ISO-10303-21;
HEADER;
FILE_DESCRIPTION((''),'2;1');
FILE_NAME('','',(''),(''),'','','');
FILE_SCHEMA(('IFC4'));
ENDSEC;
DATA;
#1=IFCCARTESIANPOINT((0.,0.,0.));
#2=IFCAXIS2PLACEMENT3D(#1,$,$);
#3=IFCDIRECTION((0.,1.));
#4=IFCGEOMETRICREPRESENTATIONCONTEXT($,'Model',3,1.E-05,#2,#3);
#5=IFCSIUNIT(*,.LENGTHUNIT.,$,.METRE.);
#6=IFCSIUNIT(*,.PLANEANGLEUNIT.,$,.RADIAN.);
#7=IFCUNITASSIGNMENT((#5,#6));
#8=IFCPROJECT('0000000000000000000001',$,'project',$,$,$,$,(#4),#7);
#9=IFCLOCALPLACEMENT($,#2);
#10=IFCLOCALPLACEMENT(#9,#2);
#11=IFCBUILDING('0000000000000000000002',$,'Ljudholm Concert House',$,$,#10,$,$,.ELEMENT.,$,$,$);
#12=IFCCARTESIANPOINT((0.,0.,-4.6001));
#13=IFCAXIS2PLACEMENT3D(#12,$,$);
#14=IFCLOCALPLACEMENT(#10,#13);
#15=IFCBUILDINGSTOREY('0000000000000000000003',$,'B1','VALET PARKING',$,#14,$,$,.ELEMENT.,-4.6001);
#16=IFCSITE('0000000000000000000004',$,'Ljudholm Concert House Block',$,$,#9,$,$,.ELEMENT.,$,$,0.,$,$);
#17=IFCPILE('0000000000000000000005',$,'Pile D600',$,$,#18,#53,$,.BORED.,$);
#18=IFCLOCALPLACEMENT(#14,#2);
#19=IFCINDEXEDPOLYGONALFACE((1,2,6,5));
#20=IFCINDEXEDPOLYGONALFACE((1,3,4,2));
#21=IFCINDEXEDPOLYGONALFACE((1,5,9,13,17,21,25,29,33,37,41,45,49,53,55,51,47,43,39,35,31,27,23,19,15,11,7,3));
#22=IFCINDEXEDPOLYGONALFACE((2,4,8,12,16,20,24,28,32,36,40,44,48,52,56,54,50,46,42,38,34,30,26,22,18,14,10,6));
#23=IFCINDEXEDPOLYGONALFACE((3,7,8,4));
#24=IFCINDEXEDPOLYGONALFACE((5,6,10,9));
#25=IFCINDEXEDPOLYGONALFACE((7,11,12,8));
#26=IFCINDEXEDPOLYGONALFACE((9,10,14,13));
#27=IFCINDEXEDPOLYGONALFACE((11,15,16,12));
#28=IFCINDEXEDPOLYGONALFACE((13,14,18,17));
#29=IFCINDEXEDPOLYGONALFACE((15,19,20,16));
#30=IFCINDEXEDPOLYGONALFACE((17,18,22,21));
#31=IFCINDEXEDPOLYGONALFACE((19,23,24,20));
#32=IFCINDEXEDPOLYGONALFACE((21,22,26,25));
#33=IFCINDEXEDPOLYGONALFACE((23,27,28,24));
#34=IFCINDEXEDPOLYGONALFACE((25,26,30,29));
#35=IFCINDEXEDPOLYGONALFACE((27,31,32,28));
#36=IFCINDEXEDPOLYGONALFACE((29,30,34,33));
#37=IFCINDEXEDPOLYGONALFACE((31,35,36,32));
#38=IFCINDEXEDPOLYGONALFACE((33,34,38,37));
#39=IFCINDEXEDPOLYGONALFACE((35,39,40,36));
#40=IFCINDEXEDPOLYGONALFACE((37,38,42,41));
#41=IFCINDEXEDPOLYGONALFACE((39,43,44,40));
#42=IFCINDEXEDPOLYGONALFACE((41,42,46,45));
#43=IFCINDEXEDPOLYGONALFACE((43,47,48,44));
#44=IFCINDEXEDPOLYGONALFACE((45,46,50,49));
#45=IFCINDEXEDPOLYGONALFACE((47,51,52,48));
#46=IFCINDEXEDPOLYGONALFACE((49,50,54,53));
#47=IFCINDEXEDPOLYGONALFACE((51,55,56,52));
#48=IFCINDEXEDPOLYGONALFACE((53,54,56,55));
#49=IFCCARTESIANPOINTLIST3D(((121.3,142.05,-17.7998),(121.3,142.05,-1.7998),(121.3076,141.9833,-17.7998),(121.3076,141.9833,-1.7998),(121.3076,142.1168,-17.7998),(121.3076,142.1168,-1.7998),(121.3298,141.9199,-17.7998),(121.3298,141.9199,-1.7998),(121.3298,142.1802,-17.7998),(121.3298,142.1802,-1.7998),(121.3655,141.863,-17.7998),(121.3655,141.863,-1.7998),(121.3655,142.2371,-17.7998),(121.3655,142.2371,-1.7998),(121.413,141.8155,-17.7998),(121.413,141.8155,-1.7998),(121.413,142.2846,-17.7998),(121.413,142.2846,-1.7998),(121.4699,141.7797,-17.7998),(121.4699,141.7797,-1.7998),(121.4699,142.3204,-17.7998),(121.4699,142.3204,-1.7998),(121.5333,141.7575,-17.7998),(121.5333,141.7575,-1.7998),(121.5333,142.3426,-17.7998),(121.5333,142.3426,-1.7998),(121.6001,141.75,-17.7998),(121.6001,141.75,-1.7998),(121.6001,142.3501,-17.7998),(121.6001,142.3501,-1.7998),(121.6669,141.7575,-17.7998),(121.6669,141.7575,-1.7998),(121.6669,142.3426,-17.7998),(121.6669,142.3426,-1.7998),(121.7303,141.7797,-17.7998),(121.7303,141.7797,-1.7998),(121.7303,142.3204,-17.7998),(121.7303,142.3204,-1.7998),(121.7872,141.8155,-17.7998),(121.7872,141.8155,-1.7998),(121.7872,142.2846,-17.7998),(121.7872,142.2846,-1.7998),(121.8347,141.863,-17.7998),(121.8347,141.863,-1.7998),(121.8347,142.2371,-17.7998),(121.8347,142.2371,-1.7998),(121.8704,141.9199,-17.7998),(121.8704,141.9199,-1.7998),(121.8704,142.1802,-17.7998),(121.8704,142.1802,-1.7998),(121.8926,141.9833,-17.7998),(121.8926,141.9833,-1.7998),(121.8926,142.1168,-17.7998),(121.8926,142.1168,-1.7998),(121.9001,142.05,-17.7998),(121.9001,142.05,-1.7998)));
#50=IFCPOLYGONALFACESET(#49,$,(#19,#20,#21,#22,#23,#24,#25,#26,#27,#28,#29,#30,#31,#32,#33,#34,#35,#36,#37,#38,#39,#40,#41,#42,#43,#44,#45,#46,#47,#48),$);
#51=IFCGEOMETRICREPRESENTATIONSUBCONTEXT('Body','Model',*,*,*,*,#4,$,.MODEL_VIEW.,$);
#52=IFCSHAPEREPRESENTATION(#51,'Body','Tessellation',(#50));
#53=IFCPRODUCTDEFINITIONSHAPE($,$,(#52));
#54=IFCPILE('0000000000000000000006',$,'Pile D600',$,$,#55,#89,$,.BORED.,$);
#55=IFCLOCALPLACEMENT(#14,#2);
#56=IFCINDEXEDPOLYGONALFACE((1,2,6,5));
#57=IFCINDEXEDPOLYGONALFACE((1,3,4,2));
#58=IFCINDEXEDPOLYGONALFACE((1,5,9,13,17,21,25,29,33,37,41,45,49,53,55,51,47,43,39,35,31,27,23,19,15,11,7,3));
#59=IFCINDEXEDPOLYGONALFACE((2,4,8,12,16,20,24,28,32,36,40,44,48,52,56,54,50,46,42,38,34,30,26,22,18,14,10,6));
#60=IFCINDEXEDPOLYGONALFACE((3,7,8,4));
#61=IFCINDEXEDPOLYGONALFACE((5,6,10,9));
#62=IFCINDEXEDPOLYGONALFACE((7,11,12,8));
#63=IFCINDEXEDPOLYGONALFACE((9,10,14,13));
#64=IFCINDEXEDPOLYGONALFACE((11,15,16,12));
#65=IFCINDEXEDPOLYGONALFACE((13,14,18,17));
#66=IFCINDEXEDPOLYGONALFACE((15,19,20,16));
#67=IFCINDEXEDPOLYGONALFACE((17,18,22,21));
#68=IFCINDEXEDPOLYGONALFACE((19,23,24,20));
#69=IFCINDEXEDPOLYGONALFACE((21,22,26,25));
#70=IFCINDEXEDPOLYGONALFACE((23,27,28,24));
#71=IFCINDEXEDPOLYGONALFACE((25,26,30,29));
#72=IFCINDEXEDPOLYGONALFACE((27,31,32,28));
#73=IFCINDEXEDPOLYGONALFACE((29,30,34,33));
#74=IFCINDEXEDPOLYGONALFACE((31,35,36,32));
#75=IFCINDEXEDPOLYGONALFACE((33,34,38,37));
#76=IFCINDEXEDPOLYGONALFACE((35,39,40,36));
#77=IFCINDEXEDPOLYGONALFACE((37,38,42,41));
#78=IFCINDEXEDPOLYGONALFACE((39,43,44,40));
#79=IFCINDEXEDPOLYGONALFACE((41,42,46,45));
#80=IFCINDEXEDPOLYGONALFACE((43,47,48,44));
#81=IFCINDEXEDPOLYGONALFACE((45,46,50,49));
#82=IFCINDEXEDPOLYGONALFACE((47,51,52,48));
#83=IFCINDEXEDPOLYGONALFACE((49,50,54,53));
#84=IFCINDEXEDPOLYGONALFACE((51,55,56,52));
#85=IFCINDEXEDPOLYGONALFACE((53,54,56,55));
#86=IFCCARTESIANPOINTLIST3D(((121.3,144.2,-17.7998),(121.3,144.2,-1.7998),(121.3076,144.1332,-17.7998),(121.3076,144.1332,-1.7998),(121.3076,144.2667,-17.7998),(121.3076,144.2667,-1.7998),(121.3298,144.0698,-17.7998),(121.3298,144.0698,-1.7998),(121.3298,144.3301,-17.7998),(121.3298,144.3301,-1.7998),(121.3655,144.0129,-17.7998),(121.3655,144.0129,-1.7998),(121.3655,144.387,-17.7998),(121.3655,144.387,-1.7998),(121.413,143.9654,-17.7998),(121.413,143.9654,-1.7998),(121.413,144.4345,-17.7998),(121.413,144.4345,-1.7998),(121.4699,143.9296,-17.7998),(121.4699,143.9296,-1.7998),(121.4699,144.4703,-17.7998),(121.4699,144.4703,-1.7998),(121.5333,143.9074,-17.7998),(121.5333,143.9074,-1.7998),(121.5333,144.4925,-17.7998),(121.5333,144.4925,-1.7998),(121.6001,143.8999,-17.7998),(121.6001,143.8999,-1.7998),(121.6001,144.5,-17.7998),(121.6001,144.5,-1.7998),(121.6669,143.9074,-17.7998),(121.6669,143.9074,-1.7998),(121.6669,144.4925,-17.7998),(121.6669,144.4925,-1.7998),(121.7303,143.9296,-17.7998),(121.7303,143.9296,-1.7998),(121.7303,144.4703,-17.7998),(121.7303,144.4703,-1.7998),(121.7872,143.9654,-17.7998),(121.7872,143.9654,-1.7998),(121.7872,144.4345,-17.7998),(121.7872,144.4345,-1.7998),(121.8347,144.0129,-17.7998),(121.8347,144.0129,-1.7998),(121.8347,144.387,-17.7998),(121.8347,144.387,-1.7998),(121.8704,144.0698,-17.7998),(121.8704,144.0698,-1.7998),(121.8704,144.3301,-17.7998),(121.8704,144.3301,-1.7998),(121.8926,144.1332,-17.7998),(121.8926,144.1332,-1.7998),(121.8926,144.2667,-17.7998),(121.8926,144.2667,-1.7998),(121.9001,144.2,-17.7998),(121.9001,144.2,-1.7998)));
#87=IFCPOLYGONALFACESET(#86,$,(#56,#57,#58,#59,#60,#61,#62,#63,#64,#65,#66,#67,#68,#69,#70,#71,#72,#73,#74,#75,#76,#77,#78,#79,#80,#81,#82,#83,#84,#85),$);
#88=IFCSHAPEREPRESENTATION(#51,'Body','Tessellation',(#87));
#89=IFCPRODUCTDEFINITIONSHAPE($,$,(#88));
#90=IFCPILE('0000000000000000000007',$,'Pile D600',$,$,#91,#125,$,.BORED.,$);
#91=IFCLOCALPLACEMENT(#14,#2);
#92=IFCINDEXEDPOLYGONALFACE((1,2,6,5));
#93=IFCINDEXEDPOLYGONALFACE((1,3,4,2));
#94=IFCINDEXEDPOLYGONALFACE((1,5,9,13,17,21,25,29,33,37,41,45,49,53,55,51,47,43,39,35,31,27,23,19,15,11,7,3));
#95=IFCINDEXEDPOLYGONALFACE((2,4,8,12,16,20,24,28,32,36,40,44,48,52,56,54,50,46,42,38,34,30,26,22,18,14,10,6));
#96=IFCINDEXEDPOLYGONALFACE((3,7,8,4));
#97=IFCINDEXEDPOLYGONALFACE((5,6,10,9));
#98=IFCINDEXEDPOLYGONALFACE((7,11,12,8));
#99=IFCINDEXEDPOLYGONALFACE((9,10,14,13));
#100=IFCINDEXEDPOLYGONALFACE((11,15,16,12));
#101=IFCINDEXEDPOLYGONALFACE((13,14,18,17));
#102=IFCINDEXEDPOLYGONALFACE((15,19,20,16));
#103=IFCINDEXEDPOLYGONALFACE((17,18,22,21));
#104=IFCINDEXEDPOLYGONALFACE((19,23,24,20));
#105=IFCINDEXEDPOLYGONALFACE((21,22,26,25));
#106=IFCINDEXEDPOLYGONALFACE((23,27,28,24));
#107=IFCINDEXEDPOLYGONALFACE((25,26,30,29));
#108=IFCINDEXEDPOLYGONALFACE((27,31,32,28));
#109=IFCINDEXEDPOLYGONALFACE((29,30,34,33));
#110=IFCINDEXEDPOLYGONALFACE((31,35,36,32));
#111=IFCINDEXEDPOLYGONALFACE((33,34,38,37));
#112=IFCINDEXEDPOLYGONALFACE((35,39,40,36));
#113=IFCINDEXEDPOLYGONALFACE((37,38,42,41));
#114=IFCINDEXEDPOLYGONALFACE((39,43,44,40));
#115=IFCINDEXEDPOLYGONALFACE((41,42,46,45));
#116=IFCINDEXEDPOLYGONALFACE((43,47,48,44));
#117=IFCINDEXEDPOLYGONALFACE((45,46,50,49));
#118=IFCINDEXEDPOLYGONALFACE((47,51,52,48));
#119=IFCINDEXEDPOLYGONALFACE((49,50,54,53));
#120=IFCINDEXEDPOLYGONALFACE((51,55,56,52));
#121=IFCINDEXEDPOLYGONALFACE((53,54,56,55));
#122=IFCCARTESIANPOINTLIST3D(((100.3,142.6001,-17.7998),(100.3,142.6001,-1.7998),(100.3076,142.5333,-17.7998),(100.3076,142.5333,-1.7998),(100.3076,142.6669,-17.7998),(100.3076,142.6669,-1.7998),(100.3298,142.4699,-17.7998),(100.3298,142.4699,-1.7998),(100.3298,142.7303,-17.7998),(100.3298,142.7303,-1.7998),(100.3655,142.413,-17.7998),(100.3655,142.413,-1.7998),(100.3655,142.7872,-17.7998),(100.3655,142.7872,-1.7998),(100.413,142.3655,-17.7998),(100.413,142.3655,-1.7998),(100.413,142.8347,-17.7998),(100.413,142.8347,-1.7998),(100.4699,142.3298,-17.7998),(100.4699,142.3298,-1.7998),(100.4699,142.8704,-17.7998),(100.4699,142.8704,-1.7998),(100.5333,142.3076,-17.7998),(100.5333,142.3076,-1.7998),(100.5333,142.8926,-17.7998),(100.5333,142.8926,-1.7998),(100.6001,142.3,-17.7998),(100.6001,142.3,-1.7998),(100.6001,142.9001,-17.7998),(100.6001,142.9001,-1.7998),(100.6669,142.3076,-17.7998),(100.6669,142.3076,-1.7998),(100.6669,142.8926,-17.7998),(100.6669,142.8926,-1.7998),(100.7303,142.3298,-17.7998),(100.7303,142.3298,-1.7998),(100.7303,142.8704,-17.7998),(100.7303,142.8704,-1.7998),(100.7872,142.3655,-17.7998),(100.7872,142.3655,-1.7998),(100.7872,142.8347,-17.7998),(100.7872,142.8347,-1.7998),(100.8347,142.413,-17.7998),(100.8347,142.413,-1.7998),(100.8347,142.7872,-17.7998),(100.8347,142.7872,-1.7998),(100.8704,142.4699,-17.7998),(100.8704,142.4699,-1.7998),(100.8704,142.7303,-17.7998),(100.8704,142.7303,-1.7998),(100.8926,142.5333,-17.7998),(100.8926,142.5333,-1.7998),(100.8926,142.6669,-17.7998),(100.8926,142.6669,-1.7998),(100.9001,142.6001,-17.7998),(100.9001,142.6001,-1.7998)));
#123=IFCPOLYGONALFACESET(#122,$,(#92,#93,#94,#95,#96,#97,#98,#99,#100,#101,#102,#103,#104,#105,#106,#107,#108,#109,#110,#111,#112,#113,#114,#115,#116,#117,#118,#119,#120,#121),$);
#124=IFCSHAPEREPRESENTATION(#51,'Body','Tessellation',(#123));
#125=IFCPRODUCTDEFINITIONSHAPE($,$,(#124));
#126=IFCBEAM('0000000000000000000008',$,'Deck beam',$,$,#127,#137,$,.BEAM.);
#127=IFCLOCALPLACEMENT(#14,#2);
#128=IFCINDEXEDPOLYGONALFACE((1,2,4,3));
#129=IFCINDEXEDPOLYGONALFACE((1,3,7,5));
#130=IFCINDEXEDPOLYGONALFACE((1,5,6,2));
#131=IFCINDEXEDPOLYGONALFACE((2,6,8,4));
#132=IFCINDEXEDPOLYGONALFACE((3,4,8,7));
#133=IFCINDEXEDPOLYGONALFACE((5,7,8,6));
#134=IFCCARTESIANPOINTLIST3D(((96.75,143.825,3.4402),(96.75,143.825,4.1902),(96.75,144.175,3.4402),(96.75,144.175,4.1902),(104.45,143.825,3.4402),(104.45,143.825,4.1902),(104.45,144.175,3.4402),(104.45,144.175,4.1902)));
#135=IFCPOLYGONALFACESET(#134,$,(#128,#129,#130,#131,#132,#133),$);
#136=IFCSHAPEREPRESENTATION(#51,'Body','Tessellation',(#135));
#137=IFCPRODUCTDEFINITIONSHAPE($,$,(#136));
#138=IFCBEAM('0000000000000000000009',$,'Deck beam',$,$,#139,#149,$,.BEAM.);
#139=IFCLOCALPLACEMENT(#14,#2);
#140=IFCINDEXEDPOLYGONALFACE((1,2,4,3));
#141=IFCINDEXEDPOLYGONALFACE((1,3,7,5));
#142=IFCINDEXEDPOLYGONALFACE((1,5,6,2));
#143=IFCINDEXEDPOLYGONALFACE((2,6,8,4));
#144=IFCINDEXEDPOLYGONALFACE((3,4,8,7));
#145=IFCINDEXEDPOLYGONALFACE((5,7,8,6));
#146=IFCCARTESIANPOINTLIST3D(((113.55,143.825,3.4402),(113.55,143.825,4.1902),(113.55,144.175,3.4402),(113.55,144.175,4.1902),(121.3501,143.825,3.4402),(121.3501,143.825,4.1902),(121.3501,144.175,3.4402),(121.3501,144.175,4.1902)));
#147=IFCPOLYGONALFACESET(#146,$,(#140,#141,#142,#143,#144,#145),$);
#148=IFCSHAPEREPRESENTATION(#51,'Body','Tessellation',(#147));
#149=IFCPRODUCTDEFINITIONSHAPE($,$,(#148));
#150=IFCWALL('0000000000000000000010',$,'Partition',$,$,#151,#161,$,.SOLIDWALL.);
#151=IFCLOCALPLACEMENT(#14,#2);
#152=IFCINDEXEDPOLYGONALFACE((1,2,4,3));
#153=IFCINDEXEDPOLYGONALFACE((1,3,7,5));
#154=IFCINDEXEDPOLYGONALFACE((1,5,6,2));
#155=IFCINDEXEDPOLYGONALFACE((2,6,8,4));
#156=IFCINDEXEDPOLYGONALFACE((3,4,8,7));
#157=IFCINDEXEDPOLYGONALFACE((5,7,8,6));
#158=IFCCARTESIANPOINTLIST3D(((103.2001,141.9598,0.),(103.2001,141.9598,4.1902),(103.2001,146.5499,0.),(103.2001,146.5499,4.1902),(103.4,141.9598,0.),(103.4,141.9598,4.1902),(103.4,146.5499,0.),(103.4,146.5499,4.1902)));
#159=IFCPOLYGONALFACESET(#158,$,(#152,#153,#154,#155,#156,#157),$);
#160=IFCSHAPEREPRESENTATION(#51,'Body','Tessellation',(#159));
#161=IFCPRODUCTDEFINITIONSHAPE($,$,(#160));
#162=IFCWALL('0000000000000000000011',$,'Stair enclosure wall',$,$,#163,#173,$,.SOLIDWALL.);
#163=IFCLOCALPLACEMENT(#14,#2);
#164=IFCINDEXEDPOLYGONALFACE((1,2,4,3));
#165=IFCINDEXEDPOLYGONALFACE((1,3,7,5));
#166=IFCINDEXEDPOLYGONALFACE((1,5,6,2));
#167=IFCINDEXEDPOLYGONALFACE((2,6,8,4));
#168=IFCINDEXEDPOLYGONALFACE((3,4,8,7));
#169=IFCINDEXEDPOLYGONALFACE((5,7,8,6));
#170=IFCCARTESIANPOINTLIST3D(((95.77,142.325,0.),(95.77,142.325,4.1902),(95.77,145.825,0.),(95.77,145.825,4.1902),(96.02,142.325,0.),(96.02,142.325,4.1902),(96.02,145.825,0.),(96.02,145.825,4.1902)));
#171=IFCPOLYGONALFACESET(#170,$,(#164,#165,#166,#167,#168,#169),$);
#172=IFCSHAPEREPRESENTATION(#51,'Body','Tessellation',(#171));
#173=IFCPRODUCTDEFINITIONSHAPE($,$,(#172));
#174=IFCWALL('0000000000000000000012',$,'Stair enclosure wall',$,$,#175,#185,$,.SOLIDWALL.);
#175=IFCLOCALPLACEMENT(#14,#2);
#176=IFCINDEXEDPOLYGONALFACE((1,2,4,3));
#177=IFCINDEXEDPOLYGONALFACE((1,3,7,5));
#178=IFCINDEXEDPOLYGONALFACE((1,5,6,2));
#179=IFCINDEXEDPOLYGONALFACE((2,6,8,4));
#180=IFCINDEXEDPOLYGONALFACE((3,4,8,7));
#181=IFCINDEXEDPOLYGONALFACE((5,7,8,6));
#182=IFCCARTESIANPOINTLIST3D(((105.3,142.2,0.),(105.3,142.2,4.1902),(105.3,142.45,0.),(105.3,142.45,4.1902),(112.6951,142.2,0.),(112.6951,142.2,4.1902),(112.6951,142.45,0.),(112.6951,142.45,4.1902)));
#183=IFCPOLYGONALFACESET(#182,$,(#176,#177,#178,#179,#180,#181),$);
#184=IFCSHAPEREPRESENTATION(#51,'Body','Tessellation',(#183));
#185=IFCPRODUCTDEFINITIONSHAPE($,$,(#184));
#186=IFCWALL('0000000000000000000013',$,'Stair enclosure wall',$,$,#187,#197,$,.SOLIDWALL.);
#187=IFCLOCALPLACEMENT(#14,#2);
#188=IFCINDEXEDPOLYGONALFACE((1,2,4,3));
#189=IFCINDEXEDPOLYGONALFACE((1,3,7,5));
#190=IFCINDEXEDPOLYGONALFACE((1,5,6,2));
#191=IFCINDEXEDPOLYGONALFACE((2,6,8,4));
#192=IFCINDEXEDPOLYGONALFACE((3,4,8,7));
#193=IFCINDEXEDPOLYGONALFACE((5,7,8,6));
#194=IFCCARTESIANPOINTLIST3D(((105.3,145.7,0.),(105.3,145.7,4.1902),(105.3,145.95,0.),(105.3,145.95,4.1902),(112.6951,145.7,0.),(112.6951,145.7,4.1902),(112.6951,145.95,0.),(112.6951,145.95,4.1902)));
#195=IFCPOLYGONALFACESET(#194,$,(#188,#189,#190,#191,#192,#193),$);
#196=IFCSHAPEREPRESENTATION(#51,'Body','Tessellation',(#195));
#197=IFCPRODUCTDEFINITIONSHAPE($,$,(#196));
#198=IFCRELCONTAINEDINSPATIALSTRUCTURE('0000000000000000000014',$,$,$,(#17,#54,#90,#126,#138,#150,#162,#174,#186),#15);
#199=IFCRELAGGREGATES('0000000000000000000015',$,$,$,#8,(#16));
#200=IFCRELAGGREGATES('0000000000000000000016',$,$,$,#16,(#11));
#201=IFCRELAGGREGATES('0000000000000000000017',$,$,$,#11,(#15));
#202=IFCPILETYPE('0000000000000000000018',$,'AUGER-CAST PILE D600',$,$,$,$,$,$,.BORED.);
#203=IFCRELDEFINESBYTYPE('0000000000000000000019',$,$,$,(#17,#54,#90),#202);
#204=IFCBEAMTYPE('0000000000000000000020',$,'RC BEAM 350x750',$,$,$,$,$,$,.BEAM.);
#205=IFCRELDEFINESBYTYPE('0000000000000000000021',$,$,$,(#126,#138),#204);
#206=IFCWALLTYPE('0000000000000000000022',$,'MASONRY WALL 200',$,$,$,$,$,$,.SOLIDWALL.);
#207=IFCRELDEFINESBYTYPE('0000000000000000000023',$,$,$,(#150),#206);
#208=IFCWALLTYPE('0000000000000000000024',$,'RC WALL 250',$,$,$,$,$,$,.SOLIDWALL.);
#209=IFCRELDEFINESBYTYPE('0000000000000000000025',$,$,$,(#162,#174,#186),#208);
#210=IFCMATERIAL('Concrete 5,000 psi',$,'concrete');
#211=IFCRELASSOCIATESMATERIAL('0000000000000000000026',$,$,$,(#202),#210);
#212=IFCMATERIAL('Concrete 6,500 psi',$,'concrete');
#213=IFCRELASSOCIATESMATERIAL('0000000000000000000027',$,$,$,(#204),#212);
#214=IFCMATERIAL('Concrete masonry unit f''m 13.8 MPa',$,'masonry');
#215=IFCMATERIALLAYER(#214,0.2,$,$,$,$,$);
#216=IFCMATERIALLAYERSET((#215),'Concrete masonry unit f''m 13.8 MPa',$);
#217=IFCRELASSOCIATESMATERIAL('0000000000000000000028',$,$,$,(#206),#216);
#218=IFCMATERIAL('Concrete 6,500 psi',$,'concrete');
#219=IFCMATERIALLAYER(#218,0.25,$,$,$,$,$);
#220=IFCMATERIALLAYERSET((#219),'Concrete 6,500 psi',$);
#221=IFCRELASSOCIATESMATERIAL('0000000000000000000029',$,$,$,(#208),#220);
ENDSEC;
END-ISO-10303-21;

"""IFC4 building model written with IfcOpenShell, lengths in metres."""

from ifc_helpers import new_model, si_unit, direction, frame, frame_2d, origin, origin_2d, place, context, subcontext, project, spatial, rectangle, circle, extrude, material, layer, layer_set, material_profile, profile_set, type_object, element, save


model = new_model("IFC4")

# Units and contexts
model_context = context("Model", 3, precision=1e-05, world=origin(), true_north=direction((0.0, 1.0)))
body_context = subcontext(model_context, "Body", "Model", "MODEL_VIEW")
ifc_project = project(units=[si_unit("LENGTHUNIT", "METRE"), si_unit("PLANEANGLEUNIT", "RADIAN")], contexts=[model_context])

# Site, building, storey
site_placement = place(None, origin())
site = spatial("IfcSite", under=ifc_project, at=site_placement, Name="Ljudholm Concert House Block", CompositionType="ELEMENT", RefElevation=0.0)
building_placement = place(site_placement, origin())
building = spatial("IfcBuilding", under=site, at=building_placement, Name="Ljudholm Concert House", CompositionType="ELEMENT")
storey_placement = place(building_placement, frame((0.0, 0.0, -4.6001)))
storey = spatial("IfcBuildingStorey", under=building, at=storey_placement, Name="B1", Description="VALET PARKING", CompositionType="ELEMENT", Elevation=-4.6001)

# Piles
ifc_material_1 = material(Name="Concrete 5,000 psi", Category="concrete")
ifc_material_profile_1 = material_profile(ifc_material_1, circle(Radius=0.3, at=origin_2d()), Name="AUGER-CAST PILE D600")
ifc_profile_set_1 = profile_set([ifc_material_profile_1], Name="Concrete 5,000 psi")
pile_type = type_object("IfcPileType", Name="AUGER-CAST PILE D600", PredefinedType="BORED", material=ifc_profile_set_1)
for number, where, z_axis, x_axis, name in (
    (1, (121.6001, 142.05, -1.7998), (0.0, 0.0, -1.0), (1.0, 0.0, 0.0), "Pile D600"),
    (2, (121.6001, 144.2, -1.7998), (0.0, 0.0, -1.0), (1.0, 0.0, 0.0), "Pile D600"),
    (3, (100.6001, 142.6001, -1.7998), (0.0, 0.0, -1.0), (1.0, 0.0, 0.0), "Pile D600"),
):
    element("IfcPile", number, at=place(storey_placement, frame(where, z_axis=z_axis, x_axis=x_axis)), inside=storey, type_object=pile_type, Name=name, PredefinedType="BORED", context=body_context, shape_type="SweptSolid", body=[
        extrude(circle(Radius=0.3, at=origin_2d()), origin(), (0.0, 0.0, 1.0), 16.0),
    ])

# Beams
ifc_material_2 = material(Name="Concrete 6,500 psi", Category="concrete")
ifc_material_profile_2 = material_profile(ifc_material_2, rectangle(XDim=0.3501, YDim=0.75, at=origin_2d()), Name="RC BEAM 350x750")
ifc_profile_set_2 = profile_set([ifc_material_profile_2], Name="Concrete 6,500 psi")
beam_type = type_object("IfcBeamType", Name="RC BEAM 350x750", PredefinedType="BEAM", material=ifc_profile_set_2)
beam_1_placement = place(storey_placement, frame((96.75, 144.0, 3.8152), z_axis=(1.0, 0.0, 0.0), x_axis=(0.0, 1.0, 0.0)))
element("IfcBeam", 4, at=beam_1_placement, inside=storey, type_object=beam_type, Name="Deck beam", PredefinedType="BEAM", context=body_context, shape_type="SweptSolid", body=[
    extrude(rectangle(XDim=0.3501, YDim=0.75, at=origin_2d()), origin(), (0.0, 0.0, 1.0), 7.7),
])
beam_2_placement = place(storey_placement, frame((113.55, 144.0, 3.8152), z_axis=(1.0, 0.0, 0.0), x_axis=(0.0, 1.0, 0.0)))
element("IfcBeam", 5, at=beam_2_placement, inside=storey, type_object=beam_type, Name="Deck beam", PredefinedType="BEAM", context=body_context, shape_type="SweptSolid", body=[
    extrude(rectangle(XDim=0.3501, YDim=0.75, at=origin_2d()), origin(), (0.0, 0.0, 1.0), 7.8),
])

# Walls
ifc_material_3 = material(Name="Concrete masonry unit f'm 13.8 MPa", Category="masonry")
ifc_layer_1 = layer(ifc_material_3, 0.2)
ifc_layer_set_1 = layer_set([ifc_layer_1], Name="Concrete masonry unit f'm 13.8 MPa")
wall_type_1 = type_object("IfcWallType", Name="MASONRY WALL 200", PredefinedType="SOLIDWALL", material=ifc_layer_set_1)
wall_1_placement = place(storey_placement, frame((103.3, 141.96, 0.0), z_axis=(0.0, 0.0, 1.0), x_axis=(0.0, 1.0, 0.0)))
element("IfcWall", 6, at=wall_1_placement, inside=storey, type_object=wall_type_1, Name="Partition", PredefinedType="SOLIDWALL", context=body_context, shape_type="SweptSolid", body=[
    extrude(rectangle(XDim=4.5901, YDim=0.2, at=frame_2d((2.2949, 0.0))), origin(), (0.0, 0.0, 1.0), 4.1902),
])
ifc_material_4 = material(Name="Concrete 6,500 psi", Category="concrete")
ifc_layer_2 = layer(ifc_material_4, 0.25)
ifc_layer_set_2 = layer_set([ifc_layer_2], Name="Concrete 6,500 psi")
wall_type_2 = type_object("IfcWallType", Name="RC WALL 250", PredefinedType="SOLIDWALL", material=ifc_layer_set_2)
wall_2_placement = place(storey_placement, frame((95.895, 142.325, 0.0), z_axis=(0.0, 0.0, 1.0), x_axis=(0.0, 1.0, 0.0)))
element("IfcWall", 7, at=wall_2_placement, inside=storey, type_object=wall_type_2, Name="Stair enclosure wall", PredefinedType="SOLIDWALL", context=body_context, shape_type="SweptSolid", body=[
    extrude(rectangle(XDim=3.5, YDim=0.25, at=frame_2d((1.75, 0.0))), origin(), (0.0, 0.0, 1.0), 4.1902),
])
for number, where, z_axis, x_axis, name in (
    (8, (105.3, 142.325, 0.0), (0.0, 0.0, 1.0), (1.0, 0.0, 0.0), "Stair enclosure wall"),
    (9, (105.3, 145.825, 0.0), (0.0, 0.0, 1.0), (1.0, 0.0, 0.0), "Stair enclosure wall"),
):
    element("IfcWall", number, at=place(storey_placement, frame(where, z_axis=z_axis, x_axis=x_axis)), inside=storey, type_object=wall_type_2, Name=name, PredefinedType="SOLIDWALL", context=body_context, shape_type="SweptSolid", body=[
        extrude(rectangle(XDim=7.395, YDim=0.25, at=frame_2d((3.6975, 0.0))), origin(), (0.0, 0.0, 1.0), 4.1902),
    ])

save(model, "model.ifc")
